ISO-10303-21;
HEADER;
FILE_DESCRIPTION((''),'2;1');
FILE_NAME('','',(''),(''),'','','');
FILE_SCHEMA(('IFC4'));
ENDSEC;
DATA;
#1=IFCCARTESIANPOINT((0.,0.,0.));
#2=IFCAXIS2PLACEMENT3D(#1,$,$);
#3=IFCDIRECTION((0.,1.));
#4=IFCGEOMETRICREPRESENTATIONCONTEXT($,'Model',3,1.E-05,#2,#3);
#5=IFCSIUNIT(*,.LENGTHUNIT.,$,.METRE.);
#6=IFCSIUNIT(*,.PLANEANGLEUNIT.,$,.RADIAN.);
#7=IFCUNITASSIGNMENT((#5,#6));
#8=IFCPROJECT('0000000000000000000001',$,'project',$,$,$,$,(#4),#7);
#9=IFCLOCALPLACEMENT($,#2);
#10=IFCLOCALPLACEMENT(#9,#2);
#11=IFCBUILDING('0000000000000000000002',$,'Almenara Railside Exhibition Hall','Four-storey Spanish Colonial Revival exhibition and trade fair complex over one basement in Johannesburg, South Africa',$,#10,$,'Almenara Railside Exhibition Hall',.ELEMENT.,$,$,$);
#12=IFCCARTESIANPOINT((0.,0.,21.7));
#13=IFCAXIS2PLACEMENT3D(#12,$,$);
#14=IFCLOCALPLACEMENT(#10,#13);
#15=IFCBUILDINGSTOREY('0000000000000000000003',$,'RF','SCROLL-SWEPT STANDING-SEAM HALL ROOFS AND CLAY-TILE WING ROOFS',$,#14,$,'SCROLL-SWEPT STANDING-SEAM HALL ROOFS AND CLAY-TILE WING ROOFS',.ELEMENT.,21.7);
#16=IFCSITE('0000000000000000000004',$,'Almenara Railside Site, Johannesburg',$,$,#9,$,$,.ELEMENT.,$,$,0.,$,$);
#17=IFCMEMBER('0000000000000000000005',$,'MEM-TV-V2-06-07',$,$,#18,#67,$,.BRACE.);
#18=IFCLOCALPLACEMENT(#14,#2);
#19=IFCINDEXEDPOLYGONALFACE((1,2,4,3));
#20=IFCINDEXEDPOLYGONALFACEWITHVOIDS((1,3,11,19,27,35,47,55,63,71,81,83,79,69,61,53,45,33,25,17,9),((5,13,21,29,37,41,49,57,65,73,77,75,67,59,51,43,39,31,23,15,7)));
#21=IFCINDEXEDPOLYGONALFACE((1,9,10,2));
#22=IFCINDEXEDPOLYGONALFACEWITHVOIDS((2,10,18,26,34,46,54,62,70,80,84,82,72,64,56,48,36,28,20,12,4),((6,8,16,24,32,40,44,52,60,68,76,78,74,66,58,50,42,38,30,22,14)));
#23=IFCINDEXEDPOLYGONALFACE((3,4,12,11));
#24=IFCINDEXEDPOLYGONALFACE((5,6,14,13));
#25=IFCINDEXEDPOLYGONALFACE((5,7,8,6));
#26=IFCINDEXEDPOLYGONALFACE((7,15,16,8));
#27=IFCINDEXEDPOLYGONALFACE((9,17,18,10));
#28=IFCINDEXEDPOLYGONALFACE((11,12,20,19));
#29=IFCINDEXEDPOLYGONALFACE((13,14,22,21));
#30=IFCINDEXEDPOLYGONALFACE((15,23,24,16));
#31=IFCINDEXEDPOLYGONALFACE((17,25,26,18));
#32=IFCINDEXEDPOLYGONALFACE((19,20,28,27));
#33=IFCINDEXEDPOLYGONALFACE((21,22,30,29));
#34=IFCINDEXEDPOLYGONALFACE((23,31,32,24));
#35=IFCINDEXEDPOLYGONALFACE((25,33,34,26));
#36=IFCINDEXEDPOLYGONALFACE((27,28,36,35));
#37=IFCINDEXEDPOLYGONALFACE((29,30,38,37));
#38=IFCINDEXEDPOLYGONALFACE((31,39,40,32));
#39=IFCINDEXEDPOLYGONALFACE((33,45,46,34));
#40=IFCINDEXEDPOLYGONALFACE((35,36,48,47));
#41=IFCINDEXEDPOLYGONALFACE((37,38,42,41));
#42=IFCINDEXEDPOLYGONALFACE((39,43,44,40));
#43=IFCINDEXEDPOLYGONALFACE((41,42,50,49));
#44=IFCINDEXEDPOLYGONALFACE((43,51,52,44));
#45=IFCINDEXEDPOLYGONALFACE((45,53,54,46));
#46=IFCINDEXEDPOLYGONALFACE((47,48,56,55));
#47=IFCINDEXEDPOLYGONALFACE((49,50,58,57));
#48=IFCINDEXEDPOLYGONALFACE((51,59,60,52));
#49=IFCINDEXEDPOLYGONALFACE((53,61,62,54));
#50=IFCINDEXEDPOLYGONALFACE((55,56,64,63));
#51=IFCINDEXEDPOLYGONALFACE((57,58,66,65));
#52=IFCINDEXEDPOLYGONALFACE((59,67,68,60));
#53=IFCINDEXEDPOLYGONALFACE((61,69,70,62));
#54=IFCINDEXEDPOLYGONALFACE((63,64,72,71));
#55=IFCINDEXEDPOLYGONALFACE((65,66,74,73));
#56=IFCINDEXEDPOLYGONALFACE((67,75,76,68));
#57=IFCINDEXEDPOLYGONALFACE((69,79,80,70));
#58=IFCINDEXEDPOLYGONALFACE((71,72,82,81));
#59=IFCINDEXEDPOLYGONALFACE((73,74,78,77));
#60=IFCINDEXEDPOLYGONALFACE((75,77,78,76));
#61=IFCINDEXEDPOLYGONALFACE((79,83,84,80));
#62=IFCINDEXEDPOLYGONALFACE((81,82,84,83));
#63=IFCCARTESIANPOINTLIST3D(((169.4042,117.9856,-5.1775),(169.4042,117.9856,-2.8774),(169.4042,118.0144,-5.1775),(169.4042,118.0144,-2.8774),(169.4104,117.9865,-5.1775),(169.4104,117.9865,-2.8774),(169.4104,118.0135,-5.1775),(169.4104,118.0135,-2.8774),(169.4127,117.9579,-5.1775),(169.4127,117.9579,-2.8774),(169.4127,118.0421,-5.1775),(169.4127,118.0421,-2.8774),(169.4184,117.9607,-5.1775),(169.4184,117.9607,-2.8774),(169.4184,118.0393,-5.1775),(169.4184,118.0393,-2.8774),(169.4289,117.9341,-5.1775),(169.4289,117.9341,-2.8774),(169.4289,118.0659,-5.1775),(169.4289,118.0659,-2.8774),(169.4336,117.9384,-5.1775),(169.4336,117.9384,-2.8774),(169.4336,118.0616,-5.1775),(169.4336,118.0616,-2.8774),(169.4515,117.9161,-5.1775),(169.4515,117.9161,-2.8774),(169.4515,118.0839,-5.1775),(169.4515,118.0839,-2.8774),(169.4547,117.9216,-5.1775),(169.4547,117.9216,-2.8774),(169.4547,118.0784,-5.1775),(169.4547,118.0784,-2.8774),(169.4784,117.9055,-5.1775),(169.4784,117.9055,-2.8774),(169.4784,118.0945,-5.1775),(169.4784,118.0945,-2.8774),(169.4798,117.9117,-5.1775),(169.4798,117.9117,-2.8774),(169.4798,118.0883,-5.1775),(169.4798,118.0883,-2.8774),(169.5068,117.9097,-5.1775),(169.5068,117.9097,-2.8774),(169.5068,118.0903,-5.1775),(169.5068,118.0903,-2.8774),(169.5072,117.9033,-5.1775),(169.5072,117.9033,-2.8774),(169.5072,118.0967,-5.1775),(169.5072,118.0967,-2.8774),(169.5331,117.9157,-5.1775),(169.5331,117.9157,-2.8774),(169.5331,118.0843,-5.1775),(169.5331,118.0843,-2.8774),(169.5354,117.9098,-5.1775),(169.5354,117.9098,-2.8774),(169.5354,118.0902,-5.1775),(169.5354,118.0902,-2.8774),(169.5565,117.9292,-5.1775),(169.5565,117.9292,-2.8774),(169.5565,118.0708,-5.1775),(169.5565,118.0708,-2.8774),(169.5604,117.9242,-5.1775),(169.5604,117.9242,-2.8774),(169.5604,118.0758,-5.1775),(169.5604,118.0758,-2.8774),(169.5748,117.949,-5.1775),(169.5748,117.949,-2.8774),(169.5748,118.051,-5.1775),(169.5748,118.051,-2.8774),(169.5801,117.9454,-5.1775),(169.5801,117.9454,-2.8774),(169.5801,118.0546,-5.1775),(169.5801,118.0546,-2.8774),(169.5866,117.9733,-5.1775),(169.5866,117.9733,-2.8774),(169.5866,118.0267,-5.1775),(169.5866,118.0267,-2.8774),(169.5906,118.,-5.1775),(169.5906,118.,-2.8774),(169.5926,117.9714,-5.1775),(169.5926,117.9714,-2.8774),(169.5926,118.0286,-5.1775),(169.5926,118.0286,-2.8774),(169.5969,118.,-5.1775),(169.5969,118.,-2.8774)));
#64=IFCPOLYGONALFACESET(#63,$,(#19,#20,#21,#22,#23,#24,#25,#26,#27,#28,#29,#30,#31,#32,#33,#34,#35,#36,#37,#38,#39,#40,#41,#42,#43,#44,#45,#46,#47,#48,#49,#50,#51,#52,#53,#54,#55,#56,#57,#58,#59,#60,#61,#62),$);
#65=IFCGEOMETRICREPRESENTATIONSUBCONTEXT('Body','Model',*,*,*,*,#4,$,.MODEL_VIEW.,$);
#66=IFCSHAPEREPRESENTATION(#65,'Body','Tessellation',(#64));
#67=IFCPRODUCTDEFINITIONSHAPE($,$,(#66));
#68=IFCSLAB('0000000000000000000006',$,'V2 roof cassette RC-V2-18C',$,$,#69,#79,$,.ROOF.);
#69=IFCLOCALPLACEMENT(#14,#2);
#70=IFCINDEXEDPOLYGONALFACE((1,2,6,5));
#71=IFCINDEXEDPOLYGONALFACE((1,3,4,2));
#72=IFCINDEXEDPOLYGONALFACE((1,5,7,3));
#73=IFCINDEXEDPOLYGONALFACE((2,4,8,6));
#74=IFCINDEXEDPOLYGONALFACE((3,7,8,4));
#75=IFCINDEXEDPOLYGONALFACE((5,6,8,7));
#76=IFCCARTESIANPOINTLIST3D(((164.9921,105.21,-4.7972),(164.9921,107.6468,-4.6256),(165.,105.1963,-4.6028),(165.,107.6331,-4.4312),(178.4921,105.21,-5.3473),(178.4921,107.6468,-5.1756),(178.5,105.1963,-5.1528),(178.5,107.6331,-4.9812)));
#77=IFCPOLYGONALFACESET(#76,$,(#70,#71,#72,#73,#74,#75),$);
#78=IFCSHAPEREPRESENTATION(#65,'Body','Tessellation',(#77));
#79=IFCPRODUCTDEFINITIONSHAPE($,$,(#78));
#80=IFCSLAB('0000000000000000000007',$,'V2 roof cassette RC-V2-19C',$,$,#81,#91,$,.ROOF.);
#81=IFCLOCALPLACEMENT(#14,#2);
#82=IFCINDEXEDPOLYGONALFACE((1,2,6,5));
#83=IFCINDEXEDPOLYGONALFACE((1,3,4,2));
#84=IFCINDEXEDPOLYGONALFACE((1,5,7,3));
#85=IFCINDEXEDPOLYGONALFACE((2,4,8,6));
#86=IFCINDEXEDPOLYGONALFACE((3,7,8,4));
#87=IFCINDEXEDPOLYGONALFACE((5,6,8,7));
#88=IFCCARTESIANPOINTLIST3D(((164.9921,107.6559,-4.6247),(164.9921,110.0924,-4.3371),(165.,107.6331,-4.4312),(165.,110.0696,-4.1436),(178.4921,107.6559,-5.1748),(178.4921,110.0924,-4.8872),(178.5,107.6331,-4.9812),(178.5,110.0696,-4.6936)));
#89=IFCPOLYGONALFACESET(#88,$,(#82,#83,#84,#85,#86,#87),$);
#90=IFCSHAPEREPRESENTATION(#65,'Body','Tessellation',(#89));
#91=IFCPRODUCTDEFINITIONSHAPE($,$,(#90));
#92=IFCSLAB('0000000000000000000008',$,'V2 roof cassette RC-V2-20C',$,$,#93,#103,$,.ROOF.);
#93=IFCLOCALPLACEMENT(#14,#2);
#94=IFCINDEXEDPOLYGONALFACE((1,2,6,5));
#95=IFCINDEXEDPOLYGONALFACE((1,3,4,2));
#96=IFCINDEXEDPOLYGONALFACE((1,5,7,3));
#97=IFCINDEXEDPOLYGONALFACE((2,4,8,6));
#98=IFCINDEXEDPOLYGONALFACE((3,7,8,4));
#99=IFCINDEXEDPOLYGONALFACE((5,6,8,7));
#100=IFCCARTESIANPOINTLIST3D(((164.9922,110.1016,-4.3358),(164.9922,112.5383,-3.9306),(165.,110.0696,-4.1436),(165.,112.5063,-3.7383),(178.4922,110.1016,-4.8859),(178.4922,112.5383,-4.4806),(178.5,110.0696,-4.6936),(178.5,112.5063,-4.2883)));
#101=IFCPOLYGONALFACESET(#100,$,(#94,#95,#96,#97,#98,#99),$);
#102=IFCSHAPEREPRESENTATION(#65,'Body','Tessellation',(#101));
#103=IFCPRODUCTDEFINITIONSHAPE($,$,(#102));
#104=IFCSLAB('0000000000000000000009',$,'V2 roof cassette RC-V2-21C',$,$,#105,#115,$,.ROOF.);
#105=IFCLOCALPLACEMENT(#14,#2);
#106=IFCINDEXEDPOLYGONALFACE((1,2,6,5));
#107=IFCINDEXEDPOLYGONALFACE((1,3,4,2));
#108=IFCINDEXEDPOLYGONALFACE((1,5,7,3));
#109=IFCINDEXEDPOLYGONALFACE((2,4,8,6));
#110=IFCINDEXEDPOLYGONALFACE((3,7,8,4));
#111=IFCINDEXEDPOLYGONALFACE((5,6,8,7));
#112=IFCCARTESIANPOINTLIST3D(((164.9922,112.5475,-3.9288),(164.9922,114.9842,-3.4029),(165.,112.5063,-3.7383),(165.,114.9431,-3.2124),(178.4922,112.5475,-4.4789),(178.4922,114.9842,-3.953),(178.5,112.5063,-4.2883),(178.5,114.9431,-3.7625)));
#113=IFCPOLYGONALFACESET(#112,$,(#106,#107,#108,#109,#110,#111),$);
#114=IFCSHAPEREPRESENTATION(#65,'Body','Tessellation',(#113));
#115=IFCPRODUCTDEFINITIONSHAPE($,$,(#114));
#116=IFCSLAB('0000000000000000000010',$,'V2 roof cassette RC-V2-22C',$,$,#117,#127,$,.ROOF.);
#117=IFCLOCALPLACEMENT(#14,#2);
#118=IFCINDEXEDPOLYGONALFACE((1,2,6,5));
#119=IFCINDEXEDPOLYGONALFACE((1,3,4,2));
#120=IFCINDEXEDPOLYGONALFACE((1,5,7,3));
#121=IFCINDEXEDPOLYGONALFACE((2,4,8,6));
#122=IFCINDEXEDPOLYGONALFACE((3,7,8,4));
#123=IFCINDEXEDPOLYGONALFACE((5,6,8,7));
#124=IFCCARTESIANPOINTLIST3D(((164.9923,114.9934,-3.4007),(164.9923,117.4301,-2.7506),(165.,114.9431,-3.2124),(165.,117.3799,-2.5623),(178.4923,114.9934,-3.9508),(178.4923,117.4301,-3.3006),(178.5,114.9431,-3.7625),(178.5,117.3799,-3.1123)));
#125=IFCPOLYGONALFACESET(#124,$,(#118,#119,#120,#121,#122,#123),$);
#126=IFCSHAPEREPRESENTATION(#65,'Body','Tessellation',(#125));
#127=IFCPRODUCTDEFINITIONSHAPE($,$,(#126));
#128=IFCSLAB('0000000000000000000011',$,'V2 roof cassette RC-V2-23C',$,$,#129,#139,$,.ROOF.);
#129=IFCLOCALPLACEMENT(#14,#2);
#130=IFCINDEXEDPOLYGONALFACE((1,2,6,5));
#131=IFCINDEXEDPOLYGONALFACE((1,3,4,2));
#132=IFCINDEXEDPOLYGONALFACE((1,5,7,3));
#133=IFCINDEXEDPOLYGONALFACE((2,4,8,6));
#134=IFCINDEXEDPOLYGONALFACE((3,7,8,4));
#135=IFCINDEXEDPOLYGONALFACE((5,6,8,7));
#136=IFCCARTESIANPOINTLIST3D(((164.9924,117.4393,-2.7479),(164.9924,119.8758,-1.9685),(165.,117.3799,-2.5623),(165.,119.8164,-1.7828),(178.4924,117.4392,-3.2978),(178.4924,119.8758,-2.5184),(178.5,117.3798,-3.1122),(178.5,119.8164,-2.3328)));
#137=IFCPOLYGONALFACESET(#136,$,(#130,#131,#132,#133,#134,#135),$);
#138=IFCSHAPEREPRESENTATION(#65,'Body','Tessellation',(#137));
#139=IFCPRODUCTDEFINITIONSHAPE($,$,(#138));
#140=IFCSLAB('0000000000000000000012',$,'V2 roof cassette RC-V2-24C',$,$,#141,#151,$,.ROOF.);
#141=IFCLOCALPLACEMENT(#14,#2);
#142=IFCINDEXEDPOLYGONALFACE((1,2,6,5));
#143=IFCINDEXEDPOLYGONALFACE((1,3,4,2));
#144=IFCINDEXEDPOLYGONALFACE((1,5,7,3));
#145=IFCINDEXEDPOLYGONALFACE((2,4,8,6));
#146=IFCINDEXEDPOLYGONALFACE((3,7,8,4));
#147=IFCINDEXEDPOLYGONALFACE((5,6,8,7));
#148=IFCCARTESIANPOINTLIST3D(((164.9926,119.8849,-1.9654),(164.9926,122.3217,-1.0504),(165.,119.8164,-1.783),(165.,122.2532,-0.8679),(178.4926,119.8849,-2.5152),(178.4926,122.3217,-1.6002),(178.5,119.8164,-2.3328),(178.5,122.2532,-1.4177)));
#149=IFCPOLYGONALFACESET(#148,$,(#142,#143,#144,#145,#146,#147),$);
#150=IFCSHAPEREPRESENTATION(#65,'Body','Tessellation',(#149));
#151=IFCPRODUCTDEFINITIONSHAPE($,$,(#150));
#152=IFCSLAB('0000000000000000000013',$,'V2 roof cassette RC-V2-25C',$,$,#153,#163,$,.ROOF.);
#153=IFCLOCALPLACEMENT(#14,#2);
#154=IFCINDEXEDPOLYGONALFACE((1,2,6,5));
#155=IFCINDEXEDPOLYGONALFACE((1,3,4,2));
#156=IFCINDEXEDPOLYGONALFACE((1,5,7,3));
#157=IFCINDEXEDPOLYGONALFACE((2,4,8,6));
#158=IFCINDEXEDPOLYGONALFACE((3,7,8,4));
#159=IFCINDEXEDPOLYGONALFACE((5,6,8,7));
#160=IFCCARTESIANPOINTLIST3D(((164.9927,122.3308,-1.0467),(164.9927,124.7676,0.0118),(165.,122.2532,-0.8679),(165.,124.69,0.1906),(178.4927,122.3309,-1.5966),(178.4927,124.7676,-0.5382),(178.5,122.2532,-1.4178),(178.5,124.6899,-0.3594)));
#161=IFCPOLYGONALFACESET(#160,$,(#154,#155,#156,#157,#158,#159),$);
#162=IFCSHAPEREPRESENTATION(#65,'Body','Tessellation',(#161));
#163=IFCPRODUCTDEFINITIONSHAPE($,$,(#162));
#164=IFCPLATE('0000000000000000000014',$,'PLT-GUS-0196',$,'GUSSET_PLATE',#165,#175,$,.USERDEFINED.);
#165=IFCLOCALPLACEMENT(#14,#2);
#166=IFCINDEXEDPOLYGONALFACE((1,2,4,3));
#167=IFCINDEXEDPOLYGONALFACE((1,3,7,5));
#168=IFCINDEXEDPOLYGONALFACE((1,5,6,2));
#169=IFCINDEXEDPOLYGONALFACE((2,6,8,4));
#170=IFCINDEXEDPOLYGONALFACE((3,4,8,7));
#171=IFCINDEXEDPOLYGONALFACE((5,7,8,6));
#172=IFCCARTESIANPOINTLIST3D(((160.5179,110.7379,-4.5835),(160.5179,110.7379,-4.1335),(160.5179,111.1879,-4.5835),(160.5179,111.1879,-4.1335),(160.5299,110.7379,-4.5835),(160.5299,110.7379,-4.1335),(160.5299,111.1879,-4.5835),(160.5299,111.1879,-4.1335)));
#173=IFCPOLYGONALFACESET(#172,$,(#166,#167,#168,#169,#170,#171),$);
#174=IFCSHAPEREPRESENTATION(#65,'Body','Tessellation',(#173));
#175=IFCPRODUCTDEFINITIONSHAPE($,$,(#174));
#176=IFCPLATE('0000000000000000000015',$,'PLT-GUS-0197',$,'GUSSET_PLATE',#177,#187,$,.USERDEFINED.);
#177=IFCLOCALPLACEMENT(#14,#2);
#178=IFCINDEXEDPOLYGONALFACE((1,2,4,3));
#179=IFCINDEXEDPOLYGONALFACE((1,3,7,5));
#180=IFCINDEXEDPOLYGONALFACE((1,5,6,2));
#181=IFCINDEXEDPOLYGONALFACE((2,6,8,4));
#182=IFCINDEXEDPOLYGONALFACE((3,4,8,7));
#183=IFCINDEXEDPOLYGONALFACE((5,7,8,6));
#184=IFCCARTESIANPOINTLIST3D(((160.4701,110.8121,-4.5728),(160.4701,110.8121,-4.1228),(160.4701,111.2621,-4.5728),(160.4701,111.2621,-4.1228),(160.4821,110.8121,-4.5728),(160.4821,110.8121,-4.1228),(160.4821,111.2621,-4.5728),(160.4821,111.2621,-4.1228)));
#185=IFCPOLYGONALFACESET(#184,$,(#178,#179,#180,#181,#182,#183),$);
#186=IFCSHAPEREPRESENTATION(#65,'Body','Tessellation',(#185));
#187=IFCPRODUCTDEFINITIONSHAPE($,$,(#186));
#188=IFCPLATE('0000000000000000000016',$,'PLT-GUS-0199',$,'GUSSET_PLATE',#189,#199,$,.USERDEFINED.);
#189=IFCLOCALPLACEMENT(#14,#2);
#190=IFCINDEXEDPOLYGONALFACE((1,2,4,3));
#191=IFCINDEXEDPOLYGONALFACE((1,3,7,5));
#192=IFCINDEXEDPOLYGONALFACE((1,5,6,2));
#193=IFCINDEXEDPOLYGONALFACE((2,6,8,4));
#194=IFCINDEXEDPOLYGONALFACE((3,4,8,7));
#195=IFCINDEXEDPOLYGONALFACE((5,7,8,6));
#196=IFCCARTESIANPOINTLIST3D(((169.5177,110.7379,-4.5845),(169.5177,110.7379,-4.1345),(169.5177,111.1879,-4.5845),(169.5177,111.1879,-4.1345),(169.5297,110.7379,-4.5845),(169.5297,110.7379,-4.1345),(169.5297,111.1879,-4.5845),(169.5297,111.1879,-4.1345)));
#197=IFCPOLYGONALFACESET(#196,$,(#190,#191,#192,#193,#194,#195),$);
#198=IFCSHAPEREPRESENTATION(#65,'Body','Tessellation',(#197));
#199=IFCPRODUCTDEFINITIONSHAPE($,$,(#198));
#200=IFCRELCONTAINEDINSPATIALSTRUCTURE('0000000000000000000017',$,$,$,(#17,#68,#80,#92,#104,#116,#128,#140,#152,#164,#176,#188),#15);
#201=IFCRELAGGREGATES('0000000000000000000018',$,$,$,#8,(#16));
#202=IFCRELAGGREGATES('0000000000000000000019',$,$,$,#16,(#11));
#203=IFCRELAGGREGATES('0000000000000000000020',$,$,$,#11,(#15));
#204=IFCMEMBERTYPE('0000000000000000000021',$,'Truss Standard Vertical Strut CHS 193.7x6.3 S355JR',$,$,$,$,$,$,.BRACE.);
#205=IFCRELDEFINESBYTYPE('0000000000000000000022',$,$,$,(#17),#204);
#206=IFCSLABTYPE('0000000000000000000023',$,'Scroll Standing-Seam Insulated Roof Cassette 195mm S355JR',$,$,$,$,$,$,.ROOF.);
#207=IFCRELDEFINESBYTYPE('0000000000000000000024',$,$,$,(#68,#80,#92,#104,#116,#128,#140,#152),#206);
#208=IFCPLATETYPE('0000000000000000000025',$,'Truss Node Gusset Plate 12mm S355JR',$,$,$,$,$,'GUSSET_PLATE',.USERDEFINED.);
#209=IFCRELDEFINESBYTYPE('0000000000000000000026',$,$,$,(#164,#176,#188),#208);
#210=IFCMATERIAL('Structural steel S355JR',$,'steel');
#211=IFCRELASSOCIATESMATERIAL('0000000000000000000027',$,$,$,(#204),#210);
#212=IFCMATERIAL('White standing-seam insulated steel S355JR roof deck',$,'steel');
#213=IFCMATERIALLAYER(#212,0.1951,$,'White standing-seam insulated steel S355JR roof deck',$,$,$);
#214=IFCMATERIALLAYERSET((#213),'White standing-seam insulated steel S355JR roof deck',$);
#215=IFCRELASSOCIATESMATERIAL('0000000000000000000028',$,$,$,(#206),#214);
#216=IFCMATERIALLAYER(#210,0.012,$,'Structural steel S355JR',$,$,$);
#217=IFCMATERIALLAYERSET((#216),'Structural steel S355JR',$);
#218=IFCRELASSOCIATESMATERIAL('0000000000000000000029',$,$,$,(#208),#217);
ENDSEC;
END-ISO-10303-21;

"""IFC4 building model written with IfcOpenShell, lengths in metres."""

from ifc_helpers import new_model, si_unit, direction, frame, origin, origin_2d, place, context, subcontext, project, spatial, polyline, rectangle, hollow_circle, outline, extrude, material, layer, layer_set, material_profile, profile_set, type_object, element, save


model = new_model("IFC4")

# Units and contexts
model_context = context("Model", 3, precision=1e-05, world=origin(), true_north=direction((0.0, 1.0)))
body_context = subcontext(model_context, "Body", "Model", "MODEL_VIEW")
ifc_project = project(units=[si_unit("LENGTHUNIT", "METRE"), si_unit("PLANEANGLEUNIT", "RADIAN")], contexts=[model_context])

# Site, building, storey
site_placement = place(None, origin())
site = spatial("IfcSite", under=ifc_project, at=site_placement, Name="Almenara Railside Site, Johannesburg", CompositionType="ELEMENT", RefElevation=0.0)
building_placement = place(site_placement, origin())
building = spatial("IfcBuilding", under=site, at=building_placement, Name="Almenara Railside Exhibition Hall", Description="Four-storey Spanish Colonial Revival exhibition and trade fair complex over one basement in Johannesburg, South Africa", LongName="Almenara Railside Exhibition Hall", CompositionType="ELEMENT")
storey_placement = place(building_placement, frame((0.0, 0.0, 21.7)))
storey = spatial("IfcBuildingStorey", under=building, at=storey_placement, Name="RF", Description="SCROLL-SWEPT STANDING-SEAM HALL ROOFS AND CLAY-TILE WING ROOFS", LongName="SCROLL-SWEPT STANDING-SEAM HALL ROOFS AND CLAY-TILE WING ROOFS", CompositionType="ELEMENT", Elevation=21.7)

# Member
ifc_material_1 = material(Name="Structural steel S355JR", Category="steel")
ifc_material_profile_1 = material_profile(ifc_material_1, hollow_circle(Radius=0.0969, WallThickness=0.0063, at=origin_2d()), Name="CHS 193.7x6.3")
ifc_profile_set_1 = profile_set([ifc_material_profile_1], Name="Structural steel S355JR")
member_type_1 = type_object("IfcMemberType", Name="Truss Standard Vertical Strut CHS 193.7x6.3 S355JR", PredefinedType="BRACE", material=ifc_profile_set_1)
for number, where, z_axis, x_axis, name in (
    (1, (169.5, 118.0, -5.1775), (0.0, 0.0, 1.0), (1.0, 0.0, 0.0), "MEM-TV-V2-06-07"),
):
    element("IfcMember", number, at=place(storey_placement, frame(where, z_axis=z_axis, x_axis=x_axis)), inside=storey, type_object=member_type_1, Name=name, PredefinedType="BRACE", context=body_context, shape_type="SweptSolid", body=[
        extrude(hollow_circle(Radius=0.0969, WallThickness=0.0063, at=origin_2d()), origin(), (0.0, 0.0, 1.0), 2.3),
    ])

# Slabs
ifc_material_2 = material(Name="White standing-seam insulated steel S355JR roof deck", Category="steel")
ifc_layer_1 = layer(ifc_material_2, 0.1951, Name="White standing-seam insulated steel S355JR roof deck")
ifc_layer_set_1 = layer_set([ifc_layer_1], Name="White standing-seam insulated steel S355JR roof deck")
slab_type = type_object("IfcSlabType", Name="Scroll Standing-Seam Insulated Roof Cassette 195mm S355JR", PredefinedType="ROOF", material=ifc_layer_set_1)
slab_1_placement = place(storey_placement, frame((165.0, 105.1963, -4.6028), z_axis=(0.04061, -0.070202, 0.996706), x_axis=(0.999171, 0.0, -0.040711)))
element("IfcSlab", 2, at=slab_1_placement, inside=storey, type_object=slab_type, Name="V2 roof cassette RC-V2-18C", PredefinedType="ROOF", context=body_context, shape_type="SweptSolid", body=[
    extrude(outline(polyline([(0.0, 0.0), (13.5112, 0.0), (13.5042, 2.4428), (-0.007, 2.4428), (0.0, 0.0)])), origin(), (0.0, 0.0, -1.0), 0.1951),
])
slab_2_placement = place(storey_placement, frame((165.0, 107.6331, -4.4312), z_axis=(0.04043, -0.117126, 0.992294), x_axis=(0.999171, 0.0, -0.040711)))
element("IfcSlab", 3, at=slab_2_placement, inside=storey, type_object=slab_type, Name="V2 roof cassette RC-V2-19C", PredefinedType="ROOF", context=body_context, shape_type="SweptSolid", body=[
    extrude(outline(polyline([(0.0, 0.0), (13.5112, 0.0), (13.4995, 2.4534), (-0.0117, 2.4534), (0.0, 0.0)])), origin(), (0.0, 0.0, -1.0), 0.1951),
])
slab_3_placement = place(storey_placement, frame((165.0, 110.0696, -4.1436), z_axis=(0.04016, -0.16393, 0.985654), x_axis=(0.999171, 0.0, -0.040711)))
element("IfcSlab", 4, at=slab_3_placement, inside=storey, type_object=slab_type, Name="V2 roof cassette RC-V2-20C", PredefinedType="ROOF", context=body_context, shape_type="SweptSolid", body=[
    extrude(outline(polyline([(0.0, 0.0), (13.5112, 0.0), (13.4947, 2.4702), (-0.0165, 2.4702), (0.0, 0.0)])), origin(), (0.0, 0.0, -1.0), 0.1951),
])
slab_4_placement = place(storey_placement, frame((165.0, 112.5063, -3.7383), z_axis=(0.039796, -0.210786, 0.976722), x_axis=(0.999171, 0.0, -0.040711)))
element("IfcSlab", 5, at=slab_4_placement, inside=storey, type_object=slab_type, Name="V2 roof cassette RC-V2-21C", PredefinedType="ROOF", context=body_context, shape_type="SweptSolid", body=[
    extrude(outline(polyline([(0.0, 0.0), (13.5112, 0.0), (13.4898, 2.4928), (-0.0214, 2.4928), (0.0, 0.0)])), origin(), (0.0, 0.0, -1.0), 0.1951),
])
slab_5_placement = place(storey_placement, frame((165.0, 114.9431, -3.2124), z_axis=(0.039337, -0.25759, 0.965453), x_axis=(0.999171, 0.0, -0.040711)))
element("IfcSlab", 6, at=slab_5_placement, inside=storey, type_object=slab_type, Name="V2 roof cassette RC-V2-22C", PredefinedType="ROOF", context=body_context, shape_type="SweptSolid", body=[
    extrude(outline(polyline([(0.0, 0.0), (13.5112, 0.0), (13.4847, 2.5219), (-0.0265, 2.5219), (0.0, 0.0)])), origin(), (0.0, 0.0, -1.0), 0.1951),
])
slab_6_placement = place(storey_placement, frame((165.0, 117.3799, -2.5623), z_axis=(0.038769, -0.304451, 0.951739), x_axis=(0.999171, -0.000003, -0.040702)))
element("IfcSlab", 7, at=slab_6_placement, inside=storey, type_object=slab_type, Name="V2 roof cassette RC-V2-23C", PredefinedType="ROOF", context=body_context, shape_type="SweptSolid", body=[
    extrude(outline(polyline([(0.0, 0.0), (13.5112, 0.0), (13.4795, 2.558), (-0.0317, 2.5579), (0.0, 0.0)])), origin(), (0.0, 0.0, -1.0), 0.1951),
])
slab_7_placement = place(storey_placement, frame((165.0, 119.8164, -1.783), z_axis=(0.038099, -0.35129, 0.935491), x_axis=(0.999172, 0.0, -0.040693)))
element("IfcSlab", 8, at=slab_7_placement, inside=storey, type_object=slab_type, Name="V2 roof cassette RC-V2-24C", PredefinedType="ROOF", context=body_context, shape_type="SweptSolid", body=[
    extrude(outline(polyline([(0.0, 0.0), (13.5112, 0.0), (13.474, 2.6026), (-0.0372, 2.6026), (0.0, 0.0)])), origin(), (0.0, 0.0, -1.0), 0.1951),
])
slab_8_placement = place(storey_placement, frame((165.0, 122.2532, -0.8679), z_axis=(0.037337, -0.398134, 0.916567), x_axis=(0.999171, 0.000003, -0.0407)))
element("IfcSlab", 9, at=slab_8_placement, inside=storey, type_object=slab_type, Name="V2 roof cassette RC-V2-25C", PredefinedType="ROOF", context=body_context, shape_type="SweptSolid", body=[
    extrude(outline(polyline([(0.0, 0.0), (13.5112, 0.0), (13.4681, 2.6563), (-0.0431, 2.6564), (0.0, 0.0)])), origin(), (0.0, 0.0, -1.0), 0.1951),
])

# Plates
ifc_layer_2 = layer(ifc_material_1, 0.012, Name="Structural steel S355JR")
ifc_layer_set_2 = layer_set([ifc_layer_2], Name="Structural steel S355JR")
plate_type_1 = type_object("IfcPlateType", Name="Truss Node Gusset Plate 12mm S355JR", ElementType="GUSSET_PLATE", PredefinedType="USERDEFINED", material=ifc_layer_set_2)
for number, where, z_axis, x_axis, name in (
    (10, (160.5239, 110.9629, -4.5835), (0.0, 0.0, 1.0), (0.0, 1.0, 0.0), "PLT-GUS-0196"),
    (11, (160.4761, 111.0371, -4.5728), (0.0, 0.0, 1.0), (0.0, 1.0, 0.0), "PLT-GUS-0197"),
    (12, (169.5237, 110.9629, -4.5845), (0.0, 0.0, 1.0), (0.0, 1.0, 0.0), "PLT-GUS-0199"),
):
    element("IfcPlate", number, at=place(storey_placement, frame(where, z_axis=z_axis, x_axis=x_axis)), inside=storey, type_object=plate_type_1, Name=name, ObjectType="GUSSET_PLATE", PredefinedType="USERDEFINED", context=body_context, shape_type="SweptSolid", body=[
        extrude(rectangle(XDim=0.45, YDim=0.012, at=origin_2d()), origin(), (0.0, 0.0, 1.0), 0.45),
    ])

save(model, "model.ifc")
